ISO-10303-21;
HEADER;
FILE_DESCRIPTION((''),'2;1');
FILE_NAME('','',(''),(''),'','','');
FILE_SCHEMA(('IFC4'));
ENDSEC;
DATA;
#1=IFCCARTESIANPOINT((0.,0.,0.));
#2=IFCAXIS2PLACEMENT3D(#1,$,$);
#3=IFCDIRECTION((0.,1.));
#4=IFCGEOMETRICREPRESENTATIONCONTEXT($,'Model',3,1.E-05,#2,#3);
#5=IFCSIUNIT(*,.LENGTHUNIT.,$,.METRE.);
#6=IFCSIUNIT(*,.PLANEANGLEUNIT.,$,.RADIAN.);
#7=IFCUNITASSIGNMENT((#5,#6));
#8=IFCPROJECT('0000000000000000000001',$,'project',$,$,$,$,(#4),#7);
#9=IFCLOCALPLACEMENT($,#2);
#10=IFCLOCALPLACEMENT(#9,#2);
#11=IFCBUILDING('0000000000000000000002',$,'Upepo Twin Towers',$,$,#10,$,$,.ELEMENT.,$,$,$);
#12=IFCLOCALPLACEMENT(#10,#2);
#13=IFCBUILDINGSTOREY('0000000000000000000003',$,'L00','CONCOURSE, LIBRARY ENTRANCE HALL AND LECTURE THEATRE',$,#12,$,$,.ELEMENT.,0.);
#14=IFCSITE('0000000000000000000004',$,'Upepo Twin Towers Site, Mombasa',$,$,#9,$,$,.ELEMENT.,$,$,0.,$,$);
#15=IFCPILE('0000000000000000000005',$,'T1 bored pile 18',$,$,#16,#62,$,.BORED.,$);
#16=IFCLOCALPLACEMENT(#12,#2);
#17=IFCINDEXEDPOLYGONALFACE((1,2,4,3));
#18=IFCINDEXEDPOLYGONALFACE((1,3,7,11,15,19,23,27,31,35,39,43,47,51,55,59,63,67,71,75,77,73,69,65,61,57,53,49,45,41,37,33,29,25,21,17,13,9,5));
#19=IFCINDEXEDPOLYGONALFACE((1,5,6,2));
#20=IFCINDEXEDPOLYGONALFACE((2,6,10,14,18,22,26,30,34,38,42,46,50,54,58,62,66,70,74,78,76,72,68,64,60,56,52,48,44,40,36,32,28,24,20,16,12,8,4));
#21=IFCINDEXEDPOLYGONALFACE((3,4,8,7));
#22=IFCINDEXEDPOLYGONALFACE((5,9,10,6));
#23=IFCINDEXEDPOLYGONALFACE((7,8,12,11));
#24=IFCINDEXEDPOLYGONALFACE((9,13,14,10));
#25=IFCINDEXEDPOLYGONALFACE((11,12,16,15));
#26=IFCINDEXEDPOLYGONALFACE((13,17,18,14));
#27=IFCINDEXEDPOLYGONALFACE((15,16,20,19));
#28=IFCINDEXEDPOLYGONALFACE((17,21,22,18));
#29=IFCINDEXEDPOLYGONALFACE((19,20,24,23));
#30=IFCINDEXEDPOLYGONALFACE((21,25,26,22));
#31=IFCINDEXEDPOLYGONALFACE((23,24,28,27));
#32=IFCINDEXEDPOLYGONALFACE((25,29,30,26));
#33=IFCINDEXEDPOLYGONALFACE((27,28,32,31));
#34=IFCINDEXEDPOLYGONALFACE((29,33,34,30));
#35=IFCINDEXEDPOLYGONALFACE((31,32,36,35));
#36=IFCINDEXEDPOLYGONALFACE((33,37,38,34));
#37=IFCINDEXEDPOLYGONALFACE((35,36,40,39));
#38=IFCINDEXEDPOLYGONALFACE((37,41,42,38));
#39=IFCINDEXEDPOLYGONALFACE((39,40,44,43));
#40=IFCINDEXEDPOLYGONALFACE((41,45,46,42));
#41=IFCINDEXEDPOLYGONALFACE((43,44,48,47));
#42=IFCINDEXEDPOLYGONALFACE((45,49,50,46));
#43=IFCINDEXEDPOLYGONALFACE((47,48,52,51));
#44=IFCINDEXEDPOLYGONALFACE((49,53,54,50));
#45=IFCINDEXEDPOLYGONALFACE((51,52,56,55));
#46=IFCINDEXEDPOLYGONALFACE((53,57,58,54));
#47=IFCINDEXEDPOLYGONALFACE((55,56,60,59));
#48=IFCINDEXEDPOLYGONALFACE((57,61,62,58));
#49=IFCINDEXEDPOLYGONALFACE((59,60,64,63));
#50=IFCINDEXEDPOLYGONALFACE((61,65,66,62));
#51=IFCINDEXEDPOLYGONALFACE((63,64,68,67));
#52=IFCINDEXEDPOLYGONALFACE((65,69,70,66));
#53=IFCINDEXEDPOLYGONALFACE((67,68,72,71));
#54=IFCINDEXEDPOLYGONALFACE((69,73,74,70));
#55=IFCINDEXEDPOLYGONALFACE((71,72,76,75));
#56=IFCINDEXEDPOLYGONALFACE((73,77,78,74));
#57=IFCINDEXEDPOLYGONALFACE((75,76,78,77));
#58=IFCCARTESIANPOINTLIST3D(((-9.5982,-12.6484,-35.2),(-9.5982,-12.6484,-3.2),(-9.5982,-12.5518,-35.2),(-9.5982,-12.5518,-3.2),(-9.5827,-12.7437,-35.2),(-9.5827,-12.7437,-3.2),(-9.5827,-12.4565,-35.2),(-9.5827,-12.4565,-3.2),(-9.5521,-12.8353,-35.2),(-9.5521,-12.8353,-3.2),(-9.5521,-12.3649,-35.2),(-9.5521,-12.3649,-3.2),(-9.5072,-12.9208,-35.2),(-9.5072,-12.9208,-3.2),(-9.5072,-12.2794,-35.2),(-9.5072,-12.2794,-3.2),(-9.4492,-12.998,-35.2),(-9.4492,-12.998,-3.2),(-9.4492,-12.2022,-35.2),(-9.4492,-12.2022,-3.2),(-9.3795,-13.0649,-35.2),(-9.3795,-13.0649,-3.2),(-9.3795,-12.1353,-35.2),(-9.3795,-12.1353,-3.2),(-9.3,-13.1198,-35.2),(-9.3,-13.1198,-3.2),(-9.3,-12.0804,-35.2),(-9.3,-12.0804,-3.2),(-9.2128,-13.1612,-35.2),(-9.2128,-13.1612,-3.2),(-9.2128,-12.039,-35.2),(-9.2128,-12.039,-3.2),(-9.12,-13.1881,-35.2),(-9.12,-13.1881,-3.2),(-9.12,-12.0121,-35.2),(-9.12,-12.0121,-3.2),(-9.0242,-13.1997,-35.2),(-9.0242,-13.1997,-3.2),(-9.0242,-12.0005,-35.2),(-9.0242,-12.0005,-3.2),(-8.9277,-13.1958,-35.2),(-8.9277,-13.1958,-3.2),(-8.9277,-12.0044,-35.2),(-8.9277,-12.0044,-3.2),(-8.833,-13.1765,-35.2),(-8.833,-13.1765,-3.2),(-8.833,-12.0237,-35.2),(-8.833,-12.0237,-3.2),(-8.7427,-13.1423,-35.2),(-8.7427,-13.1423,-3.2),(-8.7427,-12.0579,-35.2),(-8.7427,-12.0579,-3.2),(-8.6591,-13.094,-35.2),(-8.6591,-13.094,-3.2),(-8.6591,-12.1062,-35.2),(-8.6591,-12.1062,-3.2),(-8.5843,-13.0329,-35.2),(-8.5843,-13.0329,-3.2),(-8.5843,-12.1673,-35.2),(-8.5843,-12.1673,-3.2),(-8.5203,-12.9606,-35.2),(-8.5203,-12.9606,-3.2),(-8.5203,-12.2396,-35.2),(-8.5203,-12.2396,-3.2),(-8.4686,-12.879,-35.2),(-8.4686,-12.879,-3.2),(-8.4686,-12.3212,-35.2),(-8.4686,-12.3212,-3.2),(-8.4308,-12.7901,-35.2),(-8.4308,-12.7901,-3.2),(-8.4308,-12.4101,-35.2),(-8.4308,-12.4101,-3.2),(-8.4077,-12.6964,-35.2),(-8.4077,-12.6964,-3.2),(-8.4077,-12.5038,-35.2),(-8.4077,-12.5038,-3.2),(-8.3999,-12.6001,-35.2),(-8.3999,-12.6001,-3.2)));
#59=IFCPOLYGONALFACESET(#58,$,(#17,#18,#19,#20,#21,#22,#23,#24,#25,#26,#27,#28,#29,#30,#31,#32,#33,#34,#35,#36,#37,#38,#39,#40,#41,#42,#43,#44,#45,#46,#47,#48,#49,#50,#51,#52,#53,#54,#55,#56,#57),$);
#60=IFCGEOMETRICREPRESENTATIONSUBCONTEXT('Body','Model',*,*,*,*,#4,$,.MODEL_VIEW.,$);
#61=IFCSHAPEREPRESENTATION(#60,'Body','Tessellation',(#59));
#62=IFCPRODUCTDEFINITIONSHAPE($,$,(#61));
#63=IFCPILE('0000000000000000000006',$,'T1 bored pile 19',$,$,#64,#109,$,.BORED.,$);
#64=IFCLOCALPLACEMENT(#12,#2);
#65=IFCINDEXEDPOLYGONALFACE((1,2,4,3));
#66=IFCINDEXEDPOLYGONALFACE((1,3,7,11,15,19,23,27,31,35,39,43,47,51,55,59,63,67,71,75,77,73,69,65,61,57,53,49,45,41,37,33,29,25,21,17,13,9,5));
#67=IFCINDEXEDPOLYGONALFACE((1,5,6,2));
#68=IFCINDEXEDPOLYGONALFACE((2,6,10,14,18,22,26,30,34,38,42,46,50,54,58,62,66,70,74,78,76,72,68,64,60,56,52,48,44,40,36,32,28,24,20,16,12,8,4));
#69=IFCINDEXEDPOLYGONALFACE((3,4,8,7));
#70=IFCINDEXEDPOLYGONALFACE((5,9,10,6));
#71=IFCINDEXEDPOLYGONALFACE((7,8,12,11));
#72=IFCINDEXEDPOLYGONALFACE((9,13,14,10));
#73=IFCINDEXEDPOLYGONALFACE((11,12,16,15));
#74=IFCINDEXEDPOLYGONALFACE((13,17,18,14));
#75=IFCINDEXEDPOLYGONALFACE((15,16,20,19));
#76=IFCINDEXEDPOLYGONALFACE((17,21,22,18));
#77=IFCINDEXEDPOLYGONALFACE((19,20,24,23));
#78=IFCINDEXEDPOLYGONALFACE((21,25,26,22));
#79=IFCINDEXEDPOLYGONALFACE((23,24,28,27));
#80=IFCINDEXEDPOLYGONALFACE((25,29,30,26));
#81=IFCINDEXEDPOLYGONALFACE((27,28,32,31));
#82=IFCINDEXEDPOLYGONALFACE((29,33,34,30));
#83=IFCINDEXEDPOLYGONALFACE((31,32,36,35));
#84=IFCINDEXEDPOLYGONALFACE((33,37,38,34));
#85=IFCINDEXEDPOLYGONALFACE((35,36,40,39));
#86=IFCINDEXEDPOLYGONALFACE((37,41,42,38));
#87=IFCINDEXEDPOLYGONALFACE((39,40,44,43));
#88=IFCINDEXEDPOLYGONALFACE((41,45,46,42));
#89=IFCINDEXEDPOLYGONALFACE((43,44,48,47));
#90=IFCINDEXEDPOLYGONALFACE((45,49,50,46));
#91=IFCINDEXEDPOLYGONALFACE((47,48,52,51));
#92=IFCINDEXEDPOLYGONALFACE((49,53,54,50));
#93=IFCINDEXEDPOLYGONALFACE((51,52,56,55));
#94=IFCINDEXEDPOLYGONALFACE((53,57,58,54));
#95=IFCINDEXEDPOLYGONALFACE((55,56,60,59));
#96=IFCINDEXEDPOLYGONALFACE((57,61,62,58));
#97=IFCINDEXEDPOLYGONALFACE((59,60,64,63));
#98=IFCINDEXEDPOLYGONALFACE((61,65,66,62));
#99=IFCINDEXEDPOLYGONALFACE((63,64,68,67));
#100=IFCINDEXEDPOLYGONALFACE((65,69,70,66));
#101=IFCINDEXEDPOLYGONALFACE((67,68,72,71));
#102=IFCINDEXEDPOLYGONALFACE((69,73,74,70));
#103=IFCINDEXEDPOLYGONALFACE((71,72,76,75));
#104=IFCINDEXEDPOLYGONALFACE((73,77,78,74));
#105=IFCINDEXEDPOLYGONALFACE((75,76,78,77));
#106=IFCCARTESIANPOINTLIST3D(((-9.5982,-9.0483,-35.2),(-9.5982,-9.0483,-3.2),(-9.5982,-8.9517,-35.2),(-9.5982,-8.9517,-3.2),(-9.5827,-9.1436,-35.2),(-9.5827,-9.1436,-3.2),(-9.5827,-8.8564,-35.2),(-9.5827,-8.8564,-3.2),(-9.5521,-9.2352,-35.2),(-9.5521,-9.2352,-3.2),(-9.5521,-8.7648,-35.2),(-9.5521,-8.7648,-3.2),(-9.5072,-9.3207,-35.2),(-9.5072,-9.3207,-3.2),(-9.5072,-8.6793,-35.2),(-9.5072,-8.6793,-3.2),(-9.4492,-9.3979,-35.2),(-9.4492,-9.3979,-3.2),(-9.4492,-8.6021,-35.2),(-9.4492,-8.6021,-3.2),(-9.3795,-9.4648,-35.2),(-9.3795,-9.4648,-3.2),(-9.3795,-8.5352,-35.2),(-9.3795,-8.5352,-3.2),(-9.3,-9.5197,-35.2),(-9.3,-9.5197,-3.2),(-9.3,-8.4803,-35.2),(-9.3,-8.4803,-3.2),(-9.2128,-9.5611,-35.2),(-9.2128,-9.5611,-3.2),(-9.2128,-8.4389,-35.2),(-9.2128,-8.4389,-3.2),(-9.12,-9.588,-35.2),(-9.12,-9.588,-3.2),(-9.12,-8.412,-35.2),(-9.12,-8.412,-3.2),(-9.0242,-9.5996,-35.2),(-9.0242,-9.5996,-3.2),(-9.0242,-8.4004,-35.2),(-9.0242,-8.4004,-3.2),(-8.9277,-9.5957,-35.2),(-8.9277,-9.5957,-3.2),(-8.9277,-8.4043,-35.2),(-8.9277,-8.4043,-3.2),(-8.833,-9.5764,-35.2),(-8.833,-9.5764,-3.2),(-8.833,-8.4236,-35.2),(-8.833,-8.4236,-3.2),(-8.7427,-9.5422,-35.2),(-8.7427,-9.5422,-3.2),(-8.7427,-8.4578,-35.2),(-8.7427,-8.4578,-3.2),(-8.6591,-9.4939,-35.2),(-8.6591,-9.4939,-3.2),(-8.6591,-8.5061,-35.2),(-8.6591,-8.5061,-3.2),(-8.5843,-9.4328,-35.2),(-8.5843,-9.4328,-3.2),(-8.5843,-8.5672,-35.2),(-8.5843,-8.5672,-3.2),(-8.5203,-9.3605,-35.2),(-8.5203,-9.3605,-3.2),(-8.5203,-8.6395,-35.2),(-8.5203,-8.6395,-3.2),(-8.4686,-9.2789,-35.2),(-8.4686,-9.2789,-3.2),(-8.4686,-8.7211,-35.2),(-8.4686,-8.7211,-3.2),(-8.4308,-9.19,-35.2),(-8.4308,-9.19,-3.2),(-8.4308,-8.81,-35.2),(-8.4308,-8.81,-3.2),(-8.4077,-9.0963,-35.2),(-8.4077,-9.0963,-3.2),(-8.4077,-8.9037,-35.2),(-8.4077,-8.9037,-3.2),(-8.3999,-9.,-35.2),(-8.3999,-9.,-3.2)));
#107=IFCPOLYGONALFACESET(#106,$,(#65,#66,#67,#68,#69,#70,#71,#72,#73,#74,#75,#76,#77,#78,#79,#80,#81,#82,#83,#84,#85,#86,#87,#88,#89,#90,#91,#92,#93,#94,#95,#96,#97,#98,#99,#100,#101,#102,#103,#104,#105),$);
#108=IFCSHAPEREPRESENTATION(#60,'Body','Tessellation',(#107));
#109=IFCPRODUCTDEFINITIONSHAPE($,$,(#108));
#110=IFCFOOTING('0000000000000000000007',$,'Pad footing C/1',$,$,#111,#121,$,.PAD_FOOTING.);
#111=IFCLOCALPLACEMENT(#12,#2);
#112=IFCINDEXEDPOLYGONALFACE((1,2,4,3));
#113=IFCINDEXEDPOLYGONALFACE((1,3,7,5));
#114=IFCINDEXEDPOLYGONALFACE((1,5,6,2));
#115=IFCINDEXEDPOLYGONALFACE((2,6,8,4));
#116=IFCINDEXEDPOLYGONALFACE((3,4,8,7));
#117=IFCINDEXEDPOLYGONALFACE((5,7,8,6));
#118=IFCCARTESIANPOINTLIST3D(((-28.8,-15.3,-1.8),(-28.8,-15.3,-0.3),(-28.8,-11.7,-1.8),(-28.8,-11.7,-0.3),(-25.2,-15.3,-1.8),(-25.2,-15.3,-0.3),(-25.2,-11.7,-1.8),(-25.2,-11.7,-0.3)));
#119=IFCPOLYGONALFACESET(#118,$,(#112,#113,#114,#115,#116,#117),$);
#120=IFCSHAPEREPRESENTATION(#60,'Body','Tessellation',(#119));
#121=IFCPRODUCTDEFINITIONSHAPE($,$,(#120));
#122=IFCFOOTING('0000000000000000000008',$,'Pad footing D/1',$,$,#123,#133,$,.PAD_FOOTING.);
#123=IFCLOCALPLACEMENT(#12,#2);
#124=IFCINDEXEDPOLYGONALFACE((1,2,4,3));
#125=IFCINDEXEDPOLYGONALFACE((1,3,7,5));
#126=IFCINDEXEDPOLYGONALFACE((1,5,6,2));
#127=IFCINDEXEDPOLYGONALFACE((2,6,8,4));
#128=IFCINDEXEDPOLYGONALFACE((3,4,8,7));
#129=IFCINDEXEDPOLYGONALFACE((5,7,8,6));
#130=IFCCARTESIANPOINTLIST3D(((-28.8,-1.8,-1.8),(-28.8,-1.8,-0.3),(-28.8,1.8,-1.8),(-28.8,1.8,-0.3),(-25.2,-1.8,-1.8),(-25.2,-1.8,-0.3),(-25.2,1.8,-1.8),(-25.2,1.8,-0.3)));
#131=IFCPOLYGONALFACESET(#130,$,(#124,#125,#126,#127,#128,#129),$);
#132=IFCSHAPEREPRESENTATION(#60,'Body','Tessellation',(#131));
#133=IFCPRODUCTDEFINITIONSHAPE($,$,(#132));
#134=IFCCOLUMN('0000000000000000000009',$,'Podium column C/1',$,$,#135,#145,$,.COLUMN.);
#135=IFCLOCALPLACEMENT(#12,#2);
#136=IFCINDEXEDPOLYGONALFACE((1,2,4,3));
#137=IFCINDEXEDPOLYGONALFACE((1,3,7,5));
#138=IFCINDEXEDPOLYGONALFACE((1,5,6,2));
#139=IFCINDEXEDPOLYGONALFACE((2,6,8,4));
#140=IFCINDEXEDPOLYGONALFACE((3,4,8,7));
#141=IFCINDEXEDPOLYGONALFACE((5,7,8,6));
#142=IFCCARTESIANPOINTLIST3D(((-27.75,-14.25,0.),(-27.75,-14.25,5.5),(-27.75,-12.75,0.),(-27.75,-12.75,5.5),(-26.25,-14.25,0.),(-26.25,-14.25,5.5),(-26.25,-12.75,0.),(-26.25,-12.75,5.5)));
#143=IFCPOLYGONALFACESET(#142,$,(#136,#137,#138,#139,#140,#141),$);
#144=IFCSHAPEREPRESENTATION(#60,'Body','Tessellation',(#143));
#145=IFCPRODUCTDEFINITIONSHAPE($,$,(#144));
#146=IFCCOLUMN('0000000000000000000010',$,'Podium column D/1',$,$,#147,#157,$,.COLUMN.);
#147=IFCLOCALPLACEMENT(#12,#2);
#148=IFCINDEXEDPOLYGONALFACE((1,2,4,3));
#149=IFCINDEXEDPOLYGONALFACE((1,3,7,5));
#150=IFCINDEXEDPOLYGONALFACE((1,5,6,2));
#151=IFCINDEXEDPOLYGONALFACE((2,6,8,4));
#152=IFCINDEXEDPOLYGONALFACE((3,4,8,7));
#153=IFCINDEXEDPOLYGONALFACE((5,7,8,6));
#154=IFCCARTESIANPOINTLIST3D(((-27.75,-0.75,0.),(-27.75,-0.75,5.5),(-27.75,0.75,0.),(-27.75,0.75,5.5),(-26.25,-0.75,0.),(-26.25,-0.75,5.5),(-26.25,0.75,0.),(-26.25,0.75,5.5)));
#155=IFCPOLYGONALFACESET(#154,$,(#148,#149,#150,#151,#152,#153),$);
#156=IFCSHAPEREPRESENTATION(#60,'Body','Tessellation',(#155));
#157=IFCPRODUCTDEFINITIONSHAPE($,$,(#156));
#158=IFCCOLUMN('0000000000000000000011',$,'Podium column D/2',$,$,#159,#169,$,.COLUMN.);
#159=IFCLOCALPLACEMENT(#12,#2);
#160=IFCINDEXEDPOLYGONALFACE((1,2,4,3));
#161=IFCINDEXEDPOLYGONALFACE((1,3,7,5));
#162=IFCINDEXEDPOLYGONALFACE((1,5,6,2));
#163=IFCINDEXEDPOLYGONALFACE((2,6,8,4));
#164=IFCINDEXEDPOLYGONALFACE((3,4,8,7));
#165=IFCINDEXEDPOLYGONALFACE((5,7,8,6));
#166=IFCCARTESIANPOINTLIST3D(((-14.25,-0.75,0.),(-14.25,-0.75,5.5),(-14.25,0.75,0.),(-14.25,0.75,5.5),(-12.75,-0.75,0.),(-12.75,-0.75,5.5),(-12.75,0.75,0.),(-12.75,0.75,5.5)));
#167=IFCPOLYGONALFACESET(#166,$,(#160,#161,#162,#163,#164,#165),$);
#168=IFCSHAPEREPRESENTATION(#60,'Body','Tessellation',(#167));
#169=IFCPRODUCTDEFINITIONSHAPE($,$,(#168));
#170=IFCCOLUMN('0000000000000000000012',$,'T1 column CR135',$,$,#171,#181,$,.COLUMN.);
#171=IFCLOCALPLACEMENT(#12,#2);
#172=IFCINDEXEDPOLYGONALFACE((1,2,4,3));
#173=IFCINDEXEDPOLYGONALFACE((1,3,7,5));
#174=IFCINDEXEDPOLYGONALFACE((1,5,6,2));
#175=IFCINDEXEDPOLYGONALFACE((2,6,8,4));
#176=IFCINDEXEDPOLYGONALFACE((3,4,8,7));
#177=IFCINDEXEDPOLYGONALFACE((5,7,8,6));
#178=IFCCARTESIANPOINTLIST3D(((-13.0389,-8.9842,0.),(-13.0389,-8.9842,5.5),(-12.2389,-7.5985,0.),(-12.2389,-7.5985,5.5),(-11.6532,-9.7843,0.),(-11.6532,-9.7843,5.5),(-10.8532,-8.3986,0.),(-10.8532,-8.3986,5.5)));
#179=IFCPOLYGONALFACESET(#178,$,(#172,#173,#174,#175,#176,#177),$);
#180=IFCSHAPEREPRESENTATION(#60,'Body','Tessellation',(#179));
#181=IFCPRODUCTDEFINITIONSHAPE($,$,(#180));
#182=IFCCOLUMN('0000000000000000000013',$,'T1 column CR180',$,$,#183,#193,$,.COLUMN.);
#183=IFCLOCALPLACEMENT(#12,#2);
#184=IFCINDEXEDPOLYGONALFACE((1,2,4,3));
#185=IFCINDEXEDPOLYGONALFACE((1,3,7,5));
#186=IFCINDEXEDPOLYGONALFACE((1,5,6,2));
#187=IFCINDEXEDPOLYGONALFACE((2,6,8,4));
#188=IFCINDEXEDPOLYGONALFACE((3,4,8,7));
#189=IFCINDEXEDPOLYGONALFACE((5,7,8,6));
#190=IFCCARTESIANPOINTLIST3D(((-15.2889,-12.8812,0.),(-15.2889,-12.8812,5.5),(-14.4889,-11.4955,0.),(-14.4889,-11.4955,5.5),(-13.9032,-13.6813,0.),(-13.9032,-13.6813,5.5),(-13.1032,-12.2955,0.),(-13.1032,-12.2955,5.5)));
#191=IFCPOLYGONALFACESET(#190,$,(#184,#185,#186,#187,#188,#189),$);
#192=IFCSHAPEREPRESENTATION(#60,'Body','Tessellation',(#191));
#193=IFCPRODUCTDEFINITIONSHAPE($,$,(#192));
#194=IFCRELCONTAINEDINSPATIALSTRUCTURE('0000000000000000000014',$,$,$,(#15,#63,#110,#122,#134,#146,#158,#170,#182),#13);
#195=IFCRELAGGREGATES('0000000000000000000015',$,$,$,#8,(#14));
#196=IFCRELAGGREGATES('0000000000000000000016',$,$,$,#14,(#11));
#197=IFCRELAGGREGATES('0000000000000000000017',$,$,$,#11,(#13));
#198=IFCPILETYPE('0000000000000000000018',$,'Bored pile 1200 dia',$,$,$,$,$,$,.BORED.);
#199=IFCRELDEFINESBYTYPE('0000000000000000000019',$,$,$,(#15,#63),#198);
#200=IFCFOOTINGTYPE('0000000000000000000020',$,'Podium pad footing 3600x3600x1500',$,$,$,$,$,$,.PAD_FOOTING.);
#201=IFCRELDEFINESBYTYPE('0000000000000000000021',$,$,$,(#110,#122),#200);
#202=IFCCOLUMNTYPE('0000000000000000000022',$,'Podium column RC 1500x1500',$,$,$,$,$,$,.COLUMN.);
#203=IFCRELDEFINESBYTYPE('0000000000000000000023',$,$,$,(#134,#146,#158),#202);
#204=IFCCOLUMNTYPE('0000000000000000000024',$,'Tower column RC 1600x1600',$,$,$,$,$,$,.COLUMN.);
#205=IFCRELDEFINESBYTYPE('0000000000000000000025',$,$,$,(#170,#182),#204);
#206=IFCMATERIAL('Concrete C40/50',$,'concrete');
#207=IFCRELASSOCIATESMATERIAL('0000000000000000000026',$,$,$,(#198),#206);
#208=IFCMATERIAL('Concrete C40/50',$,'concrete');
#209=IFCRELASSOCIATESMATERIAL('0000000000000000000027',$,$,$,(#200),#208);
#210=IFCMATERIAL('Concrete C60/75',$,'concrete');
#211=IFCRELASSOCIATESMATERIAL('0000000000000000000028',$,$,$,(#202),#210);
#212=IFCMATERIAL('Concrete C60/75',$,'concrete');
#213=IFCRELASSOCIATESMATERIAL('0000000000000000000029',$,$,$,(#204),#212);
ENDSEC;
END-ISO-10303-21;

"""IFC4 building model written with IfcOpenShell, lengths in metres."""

from ifc_helpers import new_model, si_unit, direction, frame, origin, origin_2d, place, context, subcontext, project, spatial, rectangle, circle, extrude, material, material_profile, profile_set, type_object, element, save


model = new_model("IFC4")

# Units and contexts
model_context = context("Model", 3, precision=1e-05, world=origin(), true_north=direction((0.0, 1.0)))
body_context = subcontext(model_context, "Body", "Model", "MODEL_VIEW")
ifc_project = project(units=[si_unit("LENGTHUNIT", "METRE"), si_unit("PLANEANGLEUNIT", "RADIAN")], contexts=[model_context])

# Site, building, storey
site_placement = place(None, origin())
site = spatial("IfcSite", under=ifc_project, at=site_placement, Name="Upepo Twin Towers Site, Mombasa", CompositionType="ELEMENT", RefElevation=0.0)
building_placement = place(site_placement, origin())
building = spatial("IfcBuilding", under=site, at=building_placement, Name="Upepo Twin Towers", CompositionType="ELEMENT")
storey_placement = place(building_placement, origin())
storey = spatial("IfcBuildingStorey", under=building, at=storey_placement, Name="L00", Description="CONCOURSE, LIBRARY ENTRANCE HALL AND LECTURE THEATRE", CompositionType="ELEMENT", Elevation=0.0)

# Piles
ifc_material_1 = material(Name="Concrete C40/50", Category="concrete")
pile_type = type_object("IfcPileType", Name="Bored pile 1200 dia", PredefinedType="BORED", material=ifc_material_1)
for number, where, z_axis, x_axis, name in (
    (1, (-9.0, -12.6001, -3.2), (0.0, 0.0, -1.0), (1.0, 0.0, 0.0), "T1 bored pile 18"),
    (2, (-9.0, -9.0, -3.2), (0.0, 0.0, -1.0), (1.0, 0.0, 0.0), "T1 bored pile 19"),
):
    element("IfcPile", number, at=place(storey_placement, frame(where, z_axis=z_axis, x_axis=x_axis)), inside=storey, type_object=pile_type, Name=name, PredefinedType="BORED", context=body_context, shape_type="SweptSolid", body=[
        extrude(circle(Radius=0.6001, at=origin_2d()), origin(), (0.0, 0.0, 1.0), 32.0),
    ])

# Footings
ifc_material_2 = material(Name="Concrete C40/50", Category="concrete")
footing_type = type_object("IfcFootingType", Name="Podium pad footing 3600x3600x1500", PredefinedType="PAD_FOOTING", material=ifc_material_2)
for number, where, z_axis, x_axis, name in (
    (3, (-27.0, -13.5, -1.8), (0.0, 0.0, 1.0), (1.0, 0.0, 0.0), "Pad footing C/1"),
    (4, (-27.0, 0.0, -1.8), (0.0, 0.0, 1.0), (1.0, 0.0, 0.0), "Pad footing D/1"),
):
    element("IfcFooting", number, at=place(storey_placement, frame(where, z_axis=z_axis, x_axis=x_axis)), inside=storey, type_object=footing_type, Name=name, PredefinedType="PAD_FOOTING", context=body_context, shape_type="SweptSolid", body=[
        extrude(rectangle(XDim=3.6001, YDim=3.6001, at=origin_2d()), origin(), (0.0, 0.0, 1.0), 1.5),
    ])

# Columns
ifc_material_3 = material(Name="Concrete C60/75", Category="concrete")
ifc_material_profile_1 = material_profile(ifc_material_3, rectangle(XDim=1.5, YDim=1.5, at=origin_2d()), Name="RC 1500x1500")
ifc_profile_set_1 = profile_set([ifc_material_profile_1], Name="Concrete C60/75")
column_type_1 = type_object("IfcColumnType", Name="Podium column RC 1500x1500", PredefinedType="COLUMN", material=ifc_profile_set_1)
for number, where, z_axis, x_axis, name in (
    (5, (-27.0, -13.5, 0.0), (0.0, 0.0, 1.0), (1.0, 0.0, 0.0), "Podium column C/1"),
    (6, (-27.0, 0.0, 0.0), (0.0, 0.0, 1.0), (1.0, 0.0, 0.0), "Podium column D/1"),
    (7, (-13.5, 0.0, 0.0), (0.0, 0.0, 1.0), (1.0, 0.0, 0.0), "Podium column D/2"),
):
    element("IfcColumn", number, at=place(storey_placement, frame(where, z_axis=z_axis, x_axis=x_axis)), inside=storey, type_object=column_type_1, Name=name, PredefinedType="COLUMN", context=body_context, shape_type="SweptSolid", body=[
        extrude(rectangle(XDim=1.5, YDim=1.5, at=origin_2d()), origin(), (0.0, 0.0, 1.0), 5.5),
    ])
ifc_material_4 = material(Name="Concrete C60/75", Category="concrete")
ifc_material_profile_2 = material_profile(ifc_material_4, rectangle(XDim=1.6001, YDim=1.6001, at=origin_2d()), Name="RC 1600x1600")
ifc_profile_set_2 = profile_set([ifc_material_profile_2], Name="Concrete C60/75")
column_type_2 = type_object("IfcColumnType", Name="Tower column RC 1600x1600", PredefinedType="COLUMN", material=ifc_profile_set_2)
for number, where, z_axis, x_axis, name in (
    (8, (-11.946, -8.6914, 0.0), (0.0, 0.0, 1.0), (0.5, 0.866025, 0.0), "T1 column CR135"),
    (9, (-14.196, -12.5884, 0.0), (0.0, 0.0, 1.0), (0.5, 0.866025, 0.0), "T1 column CR180"),
):
    element("IfcColumn", number, at=place(storey_placement, frame(where, z_axis=z_axis, x_axis=x_axis)), inside=storey, type_object=column_type_2, Name=name, PredefinedType="COLUMN", context=body_context, shape_type="SweptSolid", body=[
        extrude(rectangle(XDim=1.6001, YDim=1.6001, at=origin_2d()), origin(), (0.0, 0.0, 1.0), 5.5),
    ])

save(model, "model.ifc")
